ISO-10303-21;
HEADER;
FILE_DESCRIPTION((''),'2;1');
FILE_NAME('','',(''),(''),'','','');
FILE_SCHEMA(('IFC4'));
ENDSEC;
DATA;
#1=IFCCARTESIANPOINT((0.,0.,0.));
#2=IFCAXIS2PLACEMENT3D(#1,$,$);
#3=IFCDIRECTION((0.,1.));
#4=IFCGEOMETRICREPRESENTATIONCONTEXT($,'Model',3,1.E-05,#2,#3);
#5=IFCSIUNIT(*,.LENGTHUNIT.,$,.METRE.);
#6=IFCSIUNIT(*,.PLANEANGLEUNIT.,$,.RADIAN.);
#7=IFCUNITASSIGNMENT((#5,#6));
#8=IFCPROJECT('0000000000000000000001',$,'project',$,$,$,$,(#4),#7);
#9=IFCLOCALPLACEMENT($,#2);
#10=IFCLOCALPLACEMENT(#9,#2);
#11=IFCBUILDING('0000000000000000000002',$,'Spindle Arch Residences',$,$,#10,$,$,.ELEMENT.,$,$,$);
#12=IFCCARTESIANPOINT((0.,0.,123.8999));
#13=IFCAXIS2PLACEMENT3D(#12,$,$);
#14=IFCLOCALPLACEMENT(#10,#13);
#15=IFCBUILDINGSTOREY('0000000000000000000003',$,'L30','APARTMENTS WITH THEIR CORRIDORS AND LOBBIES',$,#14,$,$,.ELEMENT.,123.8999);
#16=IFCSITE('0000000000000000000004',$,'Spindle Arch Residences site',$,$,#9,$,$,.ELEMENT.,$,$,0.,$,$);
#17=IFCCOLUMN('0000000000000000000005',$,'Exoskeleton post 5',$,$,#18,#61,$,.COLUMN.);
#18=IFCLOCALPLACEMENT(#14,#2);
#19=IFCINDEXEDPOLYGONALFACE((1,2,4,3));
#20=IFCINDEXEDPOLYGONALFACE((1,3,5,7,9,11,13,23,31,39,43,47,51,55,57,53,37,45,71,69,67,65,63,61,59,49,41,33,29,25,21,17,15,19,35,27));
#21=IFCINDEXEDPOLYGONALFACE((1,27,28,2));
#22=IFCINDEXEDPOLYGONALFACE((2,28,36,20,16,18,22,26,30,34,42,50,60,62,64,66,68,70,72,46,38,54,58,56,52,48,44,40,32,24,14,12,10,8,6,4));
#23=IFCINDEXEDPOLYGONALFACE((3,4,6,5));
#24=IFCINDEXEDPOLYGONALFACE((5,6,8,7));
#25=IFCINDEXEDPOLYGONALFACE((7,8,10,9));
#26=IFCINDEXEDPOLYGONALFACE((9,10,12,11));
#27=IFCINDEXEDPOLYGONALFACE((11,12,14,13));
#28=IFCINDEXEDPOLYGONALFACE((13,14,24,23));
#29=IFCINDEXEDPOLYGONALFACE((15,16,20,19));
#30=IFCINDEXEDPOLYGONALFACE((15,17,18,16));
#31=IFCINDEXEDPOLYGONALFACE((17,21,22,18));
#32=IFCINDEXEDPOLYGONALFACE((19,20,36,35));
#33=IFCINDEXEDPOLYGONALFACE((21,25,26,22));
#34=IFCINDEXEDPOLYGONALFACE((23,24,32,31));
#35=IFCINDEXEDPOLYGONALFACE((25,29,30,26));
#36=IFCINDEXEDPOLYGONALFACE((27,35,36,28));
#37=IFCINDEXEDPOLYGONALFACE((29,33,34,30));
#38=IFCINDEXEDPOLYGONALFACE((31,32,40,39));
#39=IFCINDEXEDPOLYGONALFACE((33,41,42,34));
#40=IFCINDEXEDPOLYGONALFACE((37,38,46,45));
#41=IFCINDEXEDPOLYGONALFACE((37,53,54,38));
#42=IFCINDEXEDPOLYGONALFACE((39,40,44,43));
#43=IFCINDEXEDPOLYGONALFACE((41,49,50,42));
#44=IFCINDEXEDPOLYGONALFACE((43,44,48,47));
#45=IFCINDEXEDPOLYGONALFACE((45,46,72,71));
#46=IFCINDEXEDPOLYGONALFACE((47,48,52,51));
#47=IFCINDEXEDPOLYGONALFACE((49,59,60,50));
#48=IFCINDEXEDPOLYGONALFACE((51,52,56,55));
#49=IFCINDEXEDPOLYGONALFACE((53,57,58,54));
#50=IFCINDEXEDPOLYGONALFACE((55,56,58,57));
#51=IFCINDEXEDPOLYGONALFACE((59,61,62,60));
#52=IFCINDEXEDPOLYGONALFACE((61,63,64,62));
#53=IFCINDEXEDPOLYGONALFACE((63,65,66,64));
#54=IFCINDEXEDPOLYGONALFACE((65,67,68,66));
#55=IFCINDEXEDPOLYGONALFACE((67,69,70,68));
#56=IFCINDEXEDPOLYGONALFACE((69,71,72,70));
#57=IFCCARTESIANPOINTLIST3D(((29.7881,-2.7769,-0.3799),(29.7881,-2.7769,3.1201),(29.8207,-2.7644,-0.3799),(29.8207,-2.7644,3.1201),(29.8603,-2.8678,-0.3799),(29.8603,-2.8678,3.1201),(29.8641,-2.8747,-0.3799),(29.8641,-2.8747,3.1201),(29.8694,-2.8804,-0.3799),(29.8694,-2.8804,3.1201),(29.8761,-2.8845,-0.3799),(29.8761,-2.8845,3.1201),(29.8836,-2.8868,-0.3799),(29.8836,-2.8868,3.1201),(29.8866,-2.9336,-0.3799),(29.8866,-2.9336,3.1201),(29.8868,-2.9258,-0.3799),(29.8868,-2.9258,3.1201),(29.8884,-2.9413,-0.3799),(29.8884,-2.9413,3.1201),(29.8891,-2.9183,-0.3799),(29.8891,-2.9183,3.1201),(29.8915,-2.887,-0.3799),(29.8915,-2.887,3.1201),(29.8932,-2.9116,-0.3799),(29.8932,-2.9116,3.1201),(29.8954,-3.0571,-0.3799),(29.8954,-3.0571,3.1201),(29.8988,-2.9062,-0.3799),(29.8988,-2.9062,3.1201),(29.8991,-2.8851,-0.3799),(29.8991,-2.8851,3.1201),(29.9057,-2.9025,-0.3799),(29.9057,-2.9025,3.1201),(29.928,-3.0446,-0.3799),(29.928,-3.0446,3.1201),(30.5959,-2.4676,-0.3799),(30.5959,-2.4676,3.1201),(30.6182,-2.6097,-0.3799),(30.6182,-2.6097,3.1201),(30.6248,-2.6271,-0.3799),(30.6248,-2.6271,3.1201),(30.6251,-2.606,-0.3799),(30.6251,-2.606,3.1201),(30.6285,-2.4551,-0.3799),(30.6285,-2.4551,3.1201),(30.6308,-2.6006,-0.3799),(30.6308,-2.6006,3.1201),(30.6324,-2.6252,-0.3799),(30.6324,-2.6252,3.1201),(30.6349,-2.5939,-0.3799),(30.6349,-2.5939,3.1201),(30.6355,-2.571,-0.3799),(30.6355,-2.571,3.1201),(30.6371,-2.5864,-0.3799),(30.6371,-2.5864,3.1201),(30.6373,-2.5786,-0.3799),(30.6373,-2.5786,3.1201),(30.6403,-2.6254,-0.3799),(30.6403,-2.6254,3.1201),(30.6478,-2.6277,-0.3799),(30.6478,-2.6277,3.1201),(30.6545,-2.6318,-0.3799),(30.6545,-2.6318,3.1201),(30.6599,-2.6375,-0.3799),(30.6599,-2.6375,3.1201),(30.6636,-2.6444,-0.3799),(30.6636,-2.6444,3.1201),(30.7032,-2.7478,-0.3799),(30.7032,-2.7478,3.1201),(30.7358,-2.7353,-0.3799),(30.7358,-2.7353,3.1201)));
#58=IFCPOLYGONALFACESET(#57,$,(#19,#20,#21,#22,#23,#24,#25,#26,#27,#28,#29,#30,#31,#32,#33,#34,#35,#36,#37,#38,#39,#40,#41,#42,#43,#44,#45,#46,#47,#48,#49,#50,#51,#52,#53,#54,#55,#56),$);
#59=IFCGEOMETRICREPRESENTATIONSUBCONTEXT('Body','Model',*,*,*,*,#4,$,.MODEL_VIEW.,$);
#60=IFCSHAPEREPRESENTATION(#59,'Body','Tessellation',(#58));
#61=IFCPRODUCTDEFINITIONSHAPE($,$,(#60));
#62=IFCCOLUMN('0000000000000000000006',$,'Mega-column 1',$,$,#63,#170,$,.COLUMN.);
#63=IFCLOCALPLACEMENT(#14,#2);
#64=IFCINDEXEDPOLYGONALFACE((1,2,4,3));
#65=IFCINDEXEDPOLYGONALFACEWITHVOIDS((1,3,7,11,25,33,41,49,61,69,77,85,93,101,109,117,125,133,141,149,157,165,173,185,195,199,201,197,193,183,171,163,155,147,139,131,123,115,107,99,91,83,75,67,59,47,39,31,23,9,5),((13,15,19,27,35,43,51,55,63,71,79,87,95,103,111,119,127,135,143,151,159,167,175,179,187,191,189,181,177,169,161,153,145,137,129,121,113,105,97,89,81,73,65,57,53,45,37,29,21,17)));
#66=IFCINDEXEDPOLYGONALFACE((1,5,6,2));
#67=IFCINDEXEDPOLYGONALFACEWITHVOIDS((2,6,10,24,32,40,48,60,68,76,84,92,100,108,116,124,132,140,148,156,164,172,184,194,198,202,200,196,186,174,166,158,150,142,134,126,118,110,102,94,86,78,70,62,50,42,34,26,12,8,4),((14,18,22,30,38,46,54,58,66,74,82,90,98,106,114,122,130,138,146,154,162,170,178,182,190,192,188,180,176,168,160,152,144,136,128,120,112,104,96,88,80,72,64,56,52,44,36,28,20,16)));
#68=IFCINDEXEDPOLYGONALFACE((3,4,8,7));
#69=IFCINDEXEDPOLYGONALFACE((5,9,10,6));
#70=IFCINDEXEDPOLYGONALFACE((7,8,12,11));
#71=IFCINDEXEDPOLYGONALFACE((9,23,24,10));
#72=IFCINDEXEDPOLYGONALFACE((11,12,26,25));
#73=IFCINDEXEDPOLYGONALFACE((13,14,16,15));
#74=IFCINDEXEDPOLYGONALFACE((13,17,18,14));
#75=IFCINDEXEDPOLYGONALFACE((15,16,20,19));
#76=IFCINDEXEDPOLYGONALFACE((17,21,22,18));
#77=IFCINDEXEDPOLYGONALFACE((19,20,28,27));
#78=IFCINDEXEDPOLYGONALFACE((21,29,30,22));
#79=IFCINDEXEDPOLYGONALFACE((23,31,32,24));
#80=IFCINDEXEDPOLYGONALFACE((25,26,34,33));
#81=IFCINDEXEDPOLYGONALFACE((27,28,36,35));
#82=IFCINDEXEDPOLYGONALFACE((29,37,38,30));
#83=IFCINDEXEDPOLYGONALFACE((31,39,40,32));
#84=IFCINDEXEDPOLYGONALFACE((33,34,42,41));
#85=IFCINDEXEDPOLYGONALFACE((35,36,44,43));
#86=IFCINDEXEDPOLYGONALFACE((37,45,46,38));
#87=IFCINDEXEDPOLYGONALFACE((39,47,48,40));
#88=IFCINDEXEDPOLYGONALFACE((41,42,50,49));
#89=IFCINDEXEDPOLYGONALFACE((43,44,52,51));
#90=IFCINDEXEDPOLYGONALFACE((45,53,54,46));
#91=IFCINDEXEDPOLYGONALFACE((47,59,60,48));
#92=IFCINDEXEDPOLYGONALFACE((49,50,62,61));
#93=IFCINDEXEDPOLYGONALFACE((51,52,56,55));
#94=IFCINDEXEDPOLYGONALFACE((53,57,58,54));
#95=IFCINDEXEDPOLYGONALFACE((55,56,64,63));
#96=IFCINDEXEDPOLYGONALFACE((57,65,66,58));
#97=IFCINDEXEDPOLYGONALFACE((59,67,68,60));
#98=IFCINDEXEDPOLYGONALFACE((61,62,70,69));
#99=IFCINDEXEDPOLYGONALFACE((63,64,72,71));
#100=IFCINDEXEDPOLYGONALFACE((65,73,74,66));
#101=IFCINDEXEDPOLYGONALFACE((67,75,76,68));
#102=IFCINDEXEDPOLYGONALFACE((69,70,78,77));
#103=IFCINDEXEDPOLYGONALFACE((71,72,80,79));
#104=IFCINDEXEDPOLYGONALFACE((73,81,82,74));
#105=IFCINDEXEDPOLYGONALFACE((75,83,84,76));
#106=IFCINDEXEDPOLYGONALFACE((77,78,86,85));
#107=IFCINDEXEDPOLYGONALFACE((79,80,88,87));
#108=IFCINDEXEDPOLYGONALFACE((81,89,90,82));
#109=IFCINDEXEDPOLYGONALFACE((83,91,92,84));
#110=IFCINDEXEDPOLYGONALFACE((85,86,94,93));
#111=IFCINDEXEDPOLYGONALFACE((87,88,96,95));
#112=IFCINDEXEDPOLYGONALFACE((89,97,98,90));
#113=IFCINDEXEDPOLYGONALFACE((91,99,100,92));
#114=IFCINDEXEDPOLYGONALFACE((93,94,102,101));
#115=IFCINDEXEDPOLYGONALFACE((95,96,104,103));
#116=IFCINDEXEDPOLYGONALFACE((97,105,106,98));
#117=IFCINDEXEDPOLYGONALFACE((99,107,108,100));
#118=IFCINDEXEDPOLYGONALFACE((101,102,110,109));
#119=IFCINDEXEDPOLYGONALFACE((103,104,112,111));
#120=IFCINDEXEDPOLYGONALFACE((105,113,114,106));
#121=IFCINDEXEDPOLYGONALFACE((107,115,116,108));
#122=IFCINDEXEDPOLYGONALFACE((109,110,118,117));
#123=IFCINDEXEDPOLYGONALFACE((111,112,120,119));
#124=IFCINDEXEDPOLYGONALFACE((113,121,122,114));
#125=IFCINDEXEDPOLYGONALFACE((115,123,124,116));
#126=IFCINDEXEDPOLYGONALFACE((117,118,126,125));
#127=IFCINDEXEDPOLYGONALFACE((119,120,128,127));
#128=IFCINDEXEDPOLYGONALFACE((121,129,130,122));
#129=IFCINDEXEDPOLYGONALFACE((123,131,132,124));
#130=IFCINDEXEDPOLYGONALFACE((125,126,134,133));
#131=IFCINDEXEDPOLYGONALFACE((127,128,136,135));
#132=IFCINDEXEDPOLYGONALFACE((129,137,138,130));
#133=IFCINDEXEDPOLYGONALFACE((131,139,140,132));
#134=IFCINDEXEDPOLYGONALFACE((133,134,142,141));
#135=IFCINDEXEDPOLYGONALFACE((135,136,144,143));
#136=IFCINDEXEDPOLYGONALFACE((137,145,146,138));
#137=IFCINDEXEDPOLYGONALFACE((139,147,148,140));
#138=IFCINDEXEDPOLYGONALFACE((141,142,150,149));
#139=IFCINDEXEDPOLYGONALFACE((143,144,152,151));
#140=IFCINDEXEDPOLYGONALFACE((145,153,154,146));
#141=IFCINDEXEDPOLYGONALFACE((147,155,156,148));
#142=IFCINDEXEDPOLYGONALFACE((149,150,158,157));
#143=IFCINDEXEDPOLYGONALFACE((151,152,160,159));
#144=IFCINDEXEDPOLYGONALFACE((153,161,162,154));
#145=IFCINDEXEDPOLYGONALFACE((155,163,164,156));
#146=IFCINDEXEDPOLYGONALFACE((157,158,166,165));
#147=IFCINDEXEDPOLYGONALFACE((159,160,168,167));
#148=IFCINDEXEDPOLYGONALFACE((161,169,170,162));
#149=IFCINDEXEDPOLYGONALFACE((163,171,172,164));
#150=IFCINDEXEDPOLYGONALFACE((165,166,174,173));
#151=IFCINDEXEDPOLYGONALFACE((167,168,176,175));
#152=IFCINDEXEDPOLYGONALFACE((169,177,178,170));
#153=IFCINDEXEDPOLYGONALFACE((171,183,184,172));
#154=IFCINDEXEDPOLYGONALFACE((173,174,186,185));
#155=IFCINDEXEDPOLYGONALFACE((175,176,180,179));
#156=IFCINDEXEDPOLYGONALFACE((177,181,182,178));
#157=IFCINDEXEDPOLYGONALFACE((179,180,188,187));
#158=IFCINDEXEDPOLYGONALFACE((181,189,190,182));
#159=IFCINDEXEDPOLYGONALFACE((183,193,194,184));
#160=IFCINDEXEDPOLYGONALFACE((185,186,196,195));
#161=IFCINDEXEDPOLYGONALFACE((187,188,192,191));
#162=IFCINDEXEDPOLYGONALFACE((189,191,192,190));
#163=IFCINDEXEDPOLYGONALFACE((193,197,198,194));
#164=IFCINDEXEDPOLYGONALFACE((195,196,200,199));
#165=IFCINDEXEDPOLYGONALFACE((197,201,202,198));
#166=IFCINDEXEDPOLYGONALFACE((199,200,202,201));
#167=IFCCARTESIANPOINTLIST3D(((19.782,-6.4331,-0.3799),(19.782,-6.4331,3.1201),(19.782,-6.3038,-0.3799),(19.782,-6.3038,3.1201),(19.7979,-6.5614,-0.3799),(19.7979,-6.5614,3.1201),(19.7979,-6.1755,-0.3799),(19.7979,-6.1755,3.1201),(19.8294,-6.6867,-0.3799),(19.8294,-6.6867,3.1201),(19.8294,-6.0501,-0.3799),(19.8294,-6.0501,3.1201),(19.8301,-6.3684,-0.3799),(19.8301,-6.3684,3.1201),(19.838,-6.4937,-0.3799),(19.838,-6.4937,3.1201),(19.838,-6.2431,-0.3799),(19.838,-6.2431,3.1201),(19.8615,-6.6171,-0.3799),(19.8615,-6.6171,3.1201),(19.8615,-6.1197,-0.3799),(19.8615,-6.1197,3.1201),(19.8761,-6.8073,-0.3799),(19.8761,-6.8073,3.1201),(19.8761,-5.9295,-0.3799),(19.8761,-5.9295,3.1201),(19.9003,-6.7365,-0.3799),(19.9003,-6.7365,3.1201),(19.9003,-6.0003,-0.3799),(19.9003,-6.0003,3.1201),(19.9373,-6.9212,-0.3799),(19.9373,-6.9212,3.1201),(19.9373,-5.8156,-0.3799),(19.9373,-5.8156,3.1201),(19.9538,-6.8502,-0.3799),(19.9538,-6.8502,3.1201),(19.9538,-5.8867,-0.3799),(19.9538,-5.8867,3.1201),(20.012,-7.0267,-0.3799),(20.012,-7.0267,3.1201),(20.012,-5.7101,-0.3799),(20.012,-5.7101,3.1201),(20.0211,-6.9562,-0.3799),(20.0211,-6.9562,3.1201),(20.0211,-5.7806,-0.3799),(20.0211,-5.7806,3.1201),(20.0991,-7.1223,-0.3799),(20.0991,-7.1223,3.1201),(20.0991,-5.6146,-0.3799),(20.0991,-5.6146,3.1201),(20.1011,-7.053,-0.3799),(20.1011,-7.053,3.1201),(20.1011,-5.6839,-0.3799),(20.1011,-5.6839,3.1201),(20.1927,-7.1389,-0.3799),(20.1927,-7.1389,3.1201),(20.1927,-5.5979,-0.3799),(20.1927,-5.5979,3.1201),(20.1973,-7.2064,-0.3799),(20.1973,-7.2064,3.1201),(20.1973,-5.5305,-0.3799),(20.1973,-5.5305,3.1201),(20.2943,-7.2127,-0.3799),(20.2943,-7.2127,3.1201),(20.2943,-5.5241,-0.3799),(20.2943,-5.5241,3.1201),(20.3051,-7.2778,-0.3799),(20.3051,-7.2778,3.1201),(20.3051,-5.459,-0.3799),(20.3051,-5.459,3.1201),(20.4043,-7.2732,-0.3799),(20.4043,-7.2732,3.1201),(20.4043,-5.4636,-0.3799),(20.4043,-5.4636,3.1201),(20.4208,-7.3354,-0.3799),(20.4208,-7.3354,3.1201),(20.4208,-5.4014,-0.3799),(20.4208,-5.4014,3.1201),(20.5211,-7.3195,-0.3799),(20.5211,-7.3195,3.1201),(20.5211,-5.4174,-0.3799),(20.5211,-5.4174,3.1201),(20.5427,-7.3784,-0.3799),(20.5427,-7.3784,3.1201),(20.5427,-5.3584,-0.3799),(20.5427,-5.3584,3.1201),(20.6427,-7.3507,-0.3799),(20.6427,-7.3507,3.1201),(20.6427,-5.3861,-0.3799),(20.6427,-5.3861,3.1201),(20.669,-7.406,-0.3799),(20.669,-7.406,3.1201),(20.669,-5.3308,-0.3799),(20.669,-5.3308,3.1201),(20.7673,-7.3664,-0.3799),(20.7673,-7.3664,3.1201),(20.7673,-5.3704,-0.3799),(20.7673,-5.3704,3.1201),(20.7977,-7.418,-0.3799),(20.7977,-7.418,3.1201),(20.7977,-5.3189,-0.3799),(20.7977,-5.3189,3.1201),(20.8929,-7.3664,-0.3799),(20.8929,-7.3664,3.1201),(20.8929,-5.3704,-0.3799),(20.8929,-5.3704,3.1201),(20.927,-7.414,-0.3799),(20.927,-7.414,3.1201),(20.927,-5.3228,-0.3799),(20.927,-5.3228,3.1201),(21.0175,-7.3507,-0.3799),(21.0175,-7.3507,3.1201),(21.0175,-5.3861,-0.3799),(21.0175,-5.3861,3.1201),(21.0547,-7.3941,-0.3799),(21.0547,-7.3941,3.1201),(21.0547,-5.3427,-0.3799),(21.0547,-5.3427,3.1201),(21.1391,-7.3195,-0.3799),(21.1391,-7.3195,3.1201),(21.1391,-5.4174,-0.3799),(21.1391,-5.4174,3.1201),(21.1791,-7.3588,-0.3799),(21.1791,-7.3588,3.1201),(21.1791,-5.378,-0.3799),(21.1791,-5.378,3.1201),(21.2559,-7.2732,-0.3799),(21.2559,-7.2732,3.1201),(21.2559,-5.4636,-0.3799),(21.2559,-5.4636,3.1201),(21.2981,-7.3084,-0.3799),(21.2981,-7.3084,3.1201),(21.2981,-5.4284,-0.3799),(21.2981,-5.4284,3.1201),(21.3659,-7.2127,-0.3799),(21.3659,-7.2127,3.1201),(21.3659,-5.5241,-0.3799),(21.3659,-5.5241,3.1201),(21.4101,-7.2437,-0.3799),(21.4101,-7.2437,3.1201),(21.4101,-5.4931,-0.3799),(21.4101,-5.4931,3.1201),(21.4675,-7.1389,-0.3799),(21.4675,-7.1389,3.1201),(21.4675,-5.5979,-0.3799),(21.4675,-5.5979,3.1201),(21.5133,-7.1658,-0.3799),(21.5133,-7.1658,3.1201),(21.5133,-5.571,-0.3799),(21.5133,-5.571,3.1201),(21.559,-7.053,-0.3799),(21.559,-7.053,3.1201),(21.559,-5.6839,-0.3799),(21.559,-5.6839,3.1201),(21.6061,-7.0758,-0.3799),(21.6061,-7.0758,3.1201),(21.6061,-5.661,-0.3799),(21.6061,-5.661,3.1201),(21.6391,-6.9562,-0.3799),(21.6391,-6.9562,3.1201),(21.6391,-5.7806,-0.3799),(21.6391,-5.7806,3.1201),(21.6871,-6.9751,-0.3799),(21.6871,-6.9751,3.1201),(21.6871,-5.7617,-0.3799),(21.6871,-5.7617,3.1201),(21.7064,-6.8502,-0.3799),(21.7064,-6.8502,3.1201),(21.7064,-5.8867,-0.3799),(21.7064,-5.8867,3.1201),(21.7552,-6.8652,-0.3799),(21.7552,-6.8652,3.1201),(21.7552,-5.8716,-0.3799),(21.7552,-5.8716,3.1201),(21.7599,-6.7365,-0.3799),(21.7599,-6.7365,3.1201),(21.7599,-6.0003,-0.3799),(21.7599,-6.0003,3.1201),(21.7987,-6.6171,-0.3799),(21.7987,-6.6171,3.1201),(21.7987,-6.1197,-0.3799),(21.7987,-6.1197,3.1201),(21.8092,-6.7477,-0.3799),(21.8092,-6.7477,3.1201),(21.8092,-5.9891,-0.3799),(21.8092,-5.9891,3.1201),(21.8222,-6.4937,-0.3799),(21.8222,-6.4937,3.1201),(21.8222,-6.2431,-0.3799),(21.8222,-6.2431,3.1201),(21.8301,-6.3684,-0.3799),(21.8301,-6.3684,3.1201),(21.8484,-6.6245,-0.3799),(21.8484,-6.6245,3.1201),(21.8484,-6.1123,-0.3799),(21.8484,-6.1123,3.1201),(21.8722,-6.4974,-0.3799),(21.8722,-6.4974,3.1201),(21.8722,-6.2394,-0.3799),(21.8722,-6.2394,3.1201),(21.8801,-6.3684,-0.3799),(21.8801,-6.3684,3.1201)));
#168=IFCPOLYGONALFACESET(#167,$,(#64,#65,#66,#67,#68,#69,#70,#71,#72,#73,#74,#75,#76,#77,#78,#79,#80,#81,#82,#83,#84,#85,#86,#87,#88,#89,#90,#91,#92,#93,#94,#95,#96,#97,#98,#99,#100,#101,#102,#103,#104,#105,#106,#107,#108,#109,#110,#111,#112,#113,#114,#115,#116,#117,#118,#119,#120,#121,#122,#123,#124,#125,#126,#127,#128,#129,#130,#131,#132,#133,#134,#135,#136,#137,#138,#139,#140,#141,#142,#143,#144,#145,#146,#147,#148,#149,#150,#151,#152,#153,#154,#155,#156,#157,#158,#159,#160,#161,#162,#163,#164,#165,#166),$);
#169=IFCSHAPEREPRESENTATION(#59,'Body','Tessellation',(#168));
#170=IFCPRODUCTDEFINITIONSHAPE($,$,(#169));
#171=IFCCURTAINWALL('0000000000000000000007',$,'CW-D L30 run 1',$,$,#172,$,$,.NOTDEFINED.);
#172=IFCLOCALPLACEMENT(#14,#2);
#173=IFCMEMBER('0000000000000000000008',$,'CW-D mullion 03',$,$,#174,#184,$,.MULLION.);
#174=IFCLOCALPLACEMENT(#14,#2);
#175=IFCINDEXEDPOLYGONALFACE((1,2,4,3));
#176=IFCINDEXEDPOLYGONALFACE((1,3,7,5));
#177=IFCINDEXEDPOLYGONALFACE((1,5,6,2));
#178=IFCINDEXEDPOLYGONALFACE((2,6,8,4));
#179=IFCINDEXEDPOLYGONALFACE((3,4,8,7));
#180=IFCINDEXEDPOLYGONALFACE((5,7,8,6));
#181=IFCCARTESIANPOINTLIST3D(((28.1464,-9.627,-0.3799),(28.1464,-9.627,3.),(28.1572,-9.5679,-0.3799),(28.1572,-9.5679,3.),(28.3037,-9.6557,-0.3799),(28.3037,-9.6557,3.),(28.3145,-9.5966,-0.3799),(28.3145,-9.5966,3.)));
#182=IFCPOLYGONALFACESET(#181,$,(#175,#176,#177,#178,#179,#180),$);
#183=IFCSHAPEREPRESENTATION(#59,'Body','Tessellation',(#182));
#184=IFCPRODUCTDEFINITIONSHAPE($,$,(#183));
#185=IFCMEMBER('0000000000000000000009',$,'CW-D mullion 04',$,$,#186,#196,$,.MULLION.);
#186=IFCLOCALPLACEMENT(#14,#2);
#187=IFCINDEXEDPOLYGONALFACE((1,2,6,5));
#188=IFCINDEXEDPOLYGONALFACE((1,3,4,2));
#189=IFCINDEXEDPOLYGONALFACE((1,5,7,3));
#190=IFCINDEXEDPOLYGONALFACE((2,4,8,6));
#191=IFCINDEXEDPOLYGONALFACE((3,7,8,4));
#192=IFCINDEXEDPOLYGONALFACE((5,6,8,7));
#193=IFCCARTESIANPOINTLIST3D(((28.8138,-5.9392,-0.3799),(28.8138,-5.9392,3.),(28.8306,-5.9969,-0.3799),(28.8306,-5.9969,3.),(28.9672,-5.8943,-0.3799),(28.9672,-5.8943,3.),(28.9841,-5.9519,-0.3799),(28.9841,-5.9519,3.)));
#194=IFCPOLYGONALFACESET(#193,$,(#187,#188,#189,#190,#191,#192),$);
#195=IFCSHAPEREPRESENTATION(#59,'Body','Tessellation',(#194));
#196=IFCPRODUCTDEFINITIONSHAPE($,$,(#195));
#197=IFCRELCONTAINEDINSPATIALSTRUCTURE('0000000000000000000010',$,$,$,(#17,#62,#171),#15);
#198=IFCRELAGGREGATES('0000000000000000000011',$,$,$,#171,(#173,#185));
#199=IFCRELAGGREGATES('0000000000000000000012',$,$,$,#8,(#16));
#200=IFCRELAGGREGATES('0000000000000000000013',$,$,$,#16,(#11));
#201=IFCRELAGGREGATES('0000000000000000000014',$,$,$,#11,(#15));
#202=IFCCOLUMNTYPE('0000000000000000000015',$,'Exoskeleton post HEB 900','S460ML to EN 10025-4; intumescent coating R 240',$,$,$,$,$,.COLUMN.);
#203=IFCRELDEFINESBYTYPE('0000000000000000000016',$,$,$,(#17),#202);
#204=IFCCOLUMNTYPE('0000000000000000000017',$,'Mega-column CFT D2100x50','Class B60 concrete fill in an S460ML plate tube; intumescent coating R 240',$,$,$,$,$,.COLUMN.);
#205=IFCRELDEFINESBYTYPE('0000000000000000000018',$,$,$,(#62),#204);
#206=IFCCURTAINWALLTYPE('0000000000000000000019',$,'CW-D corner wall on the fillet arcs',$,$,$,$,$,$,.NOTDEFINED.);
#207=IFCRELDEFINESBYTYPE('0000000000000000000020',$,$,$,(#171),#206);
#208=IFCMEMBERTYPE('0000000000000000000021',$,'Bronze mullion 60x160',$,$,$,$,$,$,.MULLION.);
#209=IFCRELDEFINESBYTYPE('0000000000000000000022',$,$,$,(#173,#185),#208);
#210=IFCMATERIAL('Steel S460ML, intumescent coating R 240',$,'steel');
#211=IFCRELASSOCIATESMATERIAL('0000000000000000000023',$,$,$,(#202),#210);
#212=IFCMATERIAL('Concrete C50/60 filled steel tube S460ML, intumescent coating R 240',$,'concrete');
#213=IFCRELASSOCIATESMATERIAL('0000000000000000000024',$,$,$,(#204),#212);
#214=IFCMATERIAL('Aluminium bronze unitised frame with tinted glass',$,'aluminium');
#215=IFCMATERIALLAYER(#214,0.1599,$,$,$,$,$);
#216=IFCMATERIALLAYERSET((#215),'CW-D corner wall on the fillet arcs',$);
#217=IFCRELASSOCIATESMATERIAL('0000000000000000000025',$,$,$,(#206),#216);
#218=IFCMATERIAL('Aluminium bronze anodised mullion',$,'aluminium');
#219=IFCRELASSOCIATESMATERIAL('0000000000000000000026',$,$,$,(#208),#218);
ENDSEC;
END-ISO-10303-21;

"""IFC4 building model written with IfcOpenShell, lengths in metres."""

from ifc_helpers import new_model, si_unit, direction, frame, origin, origin_2d, place, context, subcontext, project, spatial, rectangle, hollow_circle, i_section, extrude, material, layer, layer_set, material_profile, profile_set, type_object, element, aggregate, save


model = new_model("IFC4")

# Units and contexts
model_context = context("Model", 3, precision=1e-05, world=origin(), true_north=direction((0.0, 1.0)))
body_context = subcontext(model_context, "Body", "Model", "MODEL_VIEW")
ifc_project = project(units=[si_unit("LENGTHUNIT", "METRE"), si_unit("PLANEANGLEUNIT", "RADIAN")], contexts=[model_context])

# Site, building, storey
site_placement = place(None, origin())
site = spatial("IfcSite", under=ifc_project, at=site_placement, Name="Spindle Arch Residences site", CompositionType="ELEMENT", RefElevation=0.0)
building_placement = place(site_placement, origin())
building = spatial("IfcBuilding", under=site, at=building_placement, Name="Spindle Arch Residences", CompositionType="ELEMENT")
storey_placement = place(building_placement, frame((0.0, 0.0, 123.8999)))
storey = spatial("IfcBuildingStorey", under=building, at=storey_placement, Name="L30", Description="APARTMENTS WITH THEIR CORRIDORS AND LOBBIES", CompositionType="ELEMENT", Elevation=123.8999)

# Columns
ifc_material_1 = material(Name="Steel S460ML, intumescent coating R 240", Category="steel")
ifc_material_profile_1 = material_profile(ifc_material_1, i_section(OverallWidth=0.3, OverallDepth=0.8999, WebThickness=0.0186, FlangeThickness=0.0349, FilletRadius=0.03, at=origin_2d()), Name="HEB 900")
ifc_profile_set_1 = profile_set([ifc_material_profile_1], Name="Steel S460ML, intumescent coating R 240")
column_type_1 = type_object("IfcColumnType", Name="Exoskeleton post HEB 900", Description="S460ML to EN 10025-4; intumescent coating R 240", PredefinedType="COLUMN", material=ifc_profile_set_1)
column_1_placement = place(storey_placement, frame((30.262, -2.7561, -0.3799), z_axis=(0.0, 0.0, 1.0), x_axis=(0.357665, -0.93385, 0.0)))
element("IfcColumn", 1, at=column_1_placement, inside=storey, type_object=column_type_1, Name="Exoskeleton post 5", PredefinedType="COLUMN", context=body_context, shape_type="SweptSolid", body=[
    extrude(i_section(OverallWidth=0.3, OverallDepth=0.8999, WebThickness=0.0186, FlangeThickness=0.0349, FilletRadius=0.03, at=origin_2d()), origin(), (0.0, 0.0, 1.0), 3.5),
])
ifc_material_2 = material(Name="Concrete C50/60 filled steel tube S460ML, intumescent coating R 240", Category="concrete")
ifc_material_profile_2 = material_profile(ifc_material_2, hollow_circle(Radius=1.05, WallThickness=0.05, at=origin_2d()), Name="CFT D2100x50")
ifc_profile_set_2 = profile_set([ifc_material_profile_2], Name="Concrete C50/60 filled steel tube S460ML, intumescent coating R 240")
column_type_2 = type_object("IfcColumnType", Name="Mega-column CFT D2100x50", Description="Class B60 concrete fill in an S460ML plate tube; intumescent coating R 240", PredefinedType="COLUMN", material=ifc_profile_set_2)
column_2_placement = place(storey_placement, frame((20.8301, -6.3684, -0.3799), z_axis=(0.0, 0.0, 1.0), x_axis=(1.0, 0.0, 0.0)))
element("IfcColumn", 2, at=column_2_placement, inside=storey, type_object=column_type_2, Name="Mega-column 1", PredefinedType="COLUMN", context=body_context, shape_type="SweptSolid", body=[
    extrude(hollow_circle(Radius=1.05, WallThickness=0.05, at=origin_2d()), origin(), (0.0, 0.0, 1.0), 3.5),
])

# Curtain wall, members
ifc_material_3 = material(Name="Aluminium bronze unitised frame with tinted glass", Category="aluminium")
ifc_layer_1 = layer(ifc_material_3, 0.1599)
ifc_layer_set_1 = layer_set([ifc_layer_1], Name="CW-D corner wall on the fillet arcs")
curtain_wall_type = type_object("IfcCurtainWallType", Name="CW-D corner wall on the fillet arcs", PredefinedType="NOTDEFINED", material=ifc_layer_set_1)
curtain_wall_placement = place(storey_placement, origin())
curtain_wall = element("IfcCurtainWall", 3, at=curtain_wall_placement, inside=storey, type_object=curtain_wall_type, Name="CW-D L30 run 1", PredefinedType="NOTDEFINED")
ifc_material_4 = material(Name="Aluminium bronze anodised mullion", Category="aluminium")
ifc_material_profile_3 = material_profile(ifc_material_4, rectangle(XDim=0.1599, YDim=0.0601, at=origin_2d()), Name="MU 60x160")
ifc_profile_set_3 = profile_set([ifc_material_profile_3], Name="Aluminium bronze anodised mullion")
member_type_1 = type_object("IfcMemberType", Name="Bronze mullion 60x160", PredefinedType="MULLION", material=ifc_profile_set_3)
member_1_placement = place(storey_placement, frame((28.2305, -9.6118, -0.3799), z_axis=(0.0, 0.0, 1.0), x_axis=(-0.983781, 0.179375, 0.0)))
member_1 = element("IfcMember", 4, at=member_1_placement, type_object=member_type_1, Name="CW-D mullion 03", PredefinedType="MULLION", context=body_context, shape_type="SweptSolid", body=[
    extrude(rectangle(XDim=0.1599, YDim=0.0601, at=origin_2d()), origin(), (0.0, 0.0, 1.0), 3.3799),
])
member_2_placement = place(storey_placement, frame((28.8989, -5.9456, -0.3799), z_axis=(0.0, 0.0, 1.0), x_axis=(-0.959642, -0.281225, 0.0)))
member_2 = element("IfcMember", 5, at=member_2_placement, type_object=member_type_1, Name="CW-D mullion 04", PredefinedType="MULLION", context=body_context, shape_type="SweptSolid", body=[
    extrude(rectangle(XDim=0.1599, YDim=0.0601, at=origin_2d()), origin(), (0.0, 0.0, 1.0), 3.3799),
])

aggregate(curtain_wall, [member_1, member_2])

save(model, "model.ifc")
